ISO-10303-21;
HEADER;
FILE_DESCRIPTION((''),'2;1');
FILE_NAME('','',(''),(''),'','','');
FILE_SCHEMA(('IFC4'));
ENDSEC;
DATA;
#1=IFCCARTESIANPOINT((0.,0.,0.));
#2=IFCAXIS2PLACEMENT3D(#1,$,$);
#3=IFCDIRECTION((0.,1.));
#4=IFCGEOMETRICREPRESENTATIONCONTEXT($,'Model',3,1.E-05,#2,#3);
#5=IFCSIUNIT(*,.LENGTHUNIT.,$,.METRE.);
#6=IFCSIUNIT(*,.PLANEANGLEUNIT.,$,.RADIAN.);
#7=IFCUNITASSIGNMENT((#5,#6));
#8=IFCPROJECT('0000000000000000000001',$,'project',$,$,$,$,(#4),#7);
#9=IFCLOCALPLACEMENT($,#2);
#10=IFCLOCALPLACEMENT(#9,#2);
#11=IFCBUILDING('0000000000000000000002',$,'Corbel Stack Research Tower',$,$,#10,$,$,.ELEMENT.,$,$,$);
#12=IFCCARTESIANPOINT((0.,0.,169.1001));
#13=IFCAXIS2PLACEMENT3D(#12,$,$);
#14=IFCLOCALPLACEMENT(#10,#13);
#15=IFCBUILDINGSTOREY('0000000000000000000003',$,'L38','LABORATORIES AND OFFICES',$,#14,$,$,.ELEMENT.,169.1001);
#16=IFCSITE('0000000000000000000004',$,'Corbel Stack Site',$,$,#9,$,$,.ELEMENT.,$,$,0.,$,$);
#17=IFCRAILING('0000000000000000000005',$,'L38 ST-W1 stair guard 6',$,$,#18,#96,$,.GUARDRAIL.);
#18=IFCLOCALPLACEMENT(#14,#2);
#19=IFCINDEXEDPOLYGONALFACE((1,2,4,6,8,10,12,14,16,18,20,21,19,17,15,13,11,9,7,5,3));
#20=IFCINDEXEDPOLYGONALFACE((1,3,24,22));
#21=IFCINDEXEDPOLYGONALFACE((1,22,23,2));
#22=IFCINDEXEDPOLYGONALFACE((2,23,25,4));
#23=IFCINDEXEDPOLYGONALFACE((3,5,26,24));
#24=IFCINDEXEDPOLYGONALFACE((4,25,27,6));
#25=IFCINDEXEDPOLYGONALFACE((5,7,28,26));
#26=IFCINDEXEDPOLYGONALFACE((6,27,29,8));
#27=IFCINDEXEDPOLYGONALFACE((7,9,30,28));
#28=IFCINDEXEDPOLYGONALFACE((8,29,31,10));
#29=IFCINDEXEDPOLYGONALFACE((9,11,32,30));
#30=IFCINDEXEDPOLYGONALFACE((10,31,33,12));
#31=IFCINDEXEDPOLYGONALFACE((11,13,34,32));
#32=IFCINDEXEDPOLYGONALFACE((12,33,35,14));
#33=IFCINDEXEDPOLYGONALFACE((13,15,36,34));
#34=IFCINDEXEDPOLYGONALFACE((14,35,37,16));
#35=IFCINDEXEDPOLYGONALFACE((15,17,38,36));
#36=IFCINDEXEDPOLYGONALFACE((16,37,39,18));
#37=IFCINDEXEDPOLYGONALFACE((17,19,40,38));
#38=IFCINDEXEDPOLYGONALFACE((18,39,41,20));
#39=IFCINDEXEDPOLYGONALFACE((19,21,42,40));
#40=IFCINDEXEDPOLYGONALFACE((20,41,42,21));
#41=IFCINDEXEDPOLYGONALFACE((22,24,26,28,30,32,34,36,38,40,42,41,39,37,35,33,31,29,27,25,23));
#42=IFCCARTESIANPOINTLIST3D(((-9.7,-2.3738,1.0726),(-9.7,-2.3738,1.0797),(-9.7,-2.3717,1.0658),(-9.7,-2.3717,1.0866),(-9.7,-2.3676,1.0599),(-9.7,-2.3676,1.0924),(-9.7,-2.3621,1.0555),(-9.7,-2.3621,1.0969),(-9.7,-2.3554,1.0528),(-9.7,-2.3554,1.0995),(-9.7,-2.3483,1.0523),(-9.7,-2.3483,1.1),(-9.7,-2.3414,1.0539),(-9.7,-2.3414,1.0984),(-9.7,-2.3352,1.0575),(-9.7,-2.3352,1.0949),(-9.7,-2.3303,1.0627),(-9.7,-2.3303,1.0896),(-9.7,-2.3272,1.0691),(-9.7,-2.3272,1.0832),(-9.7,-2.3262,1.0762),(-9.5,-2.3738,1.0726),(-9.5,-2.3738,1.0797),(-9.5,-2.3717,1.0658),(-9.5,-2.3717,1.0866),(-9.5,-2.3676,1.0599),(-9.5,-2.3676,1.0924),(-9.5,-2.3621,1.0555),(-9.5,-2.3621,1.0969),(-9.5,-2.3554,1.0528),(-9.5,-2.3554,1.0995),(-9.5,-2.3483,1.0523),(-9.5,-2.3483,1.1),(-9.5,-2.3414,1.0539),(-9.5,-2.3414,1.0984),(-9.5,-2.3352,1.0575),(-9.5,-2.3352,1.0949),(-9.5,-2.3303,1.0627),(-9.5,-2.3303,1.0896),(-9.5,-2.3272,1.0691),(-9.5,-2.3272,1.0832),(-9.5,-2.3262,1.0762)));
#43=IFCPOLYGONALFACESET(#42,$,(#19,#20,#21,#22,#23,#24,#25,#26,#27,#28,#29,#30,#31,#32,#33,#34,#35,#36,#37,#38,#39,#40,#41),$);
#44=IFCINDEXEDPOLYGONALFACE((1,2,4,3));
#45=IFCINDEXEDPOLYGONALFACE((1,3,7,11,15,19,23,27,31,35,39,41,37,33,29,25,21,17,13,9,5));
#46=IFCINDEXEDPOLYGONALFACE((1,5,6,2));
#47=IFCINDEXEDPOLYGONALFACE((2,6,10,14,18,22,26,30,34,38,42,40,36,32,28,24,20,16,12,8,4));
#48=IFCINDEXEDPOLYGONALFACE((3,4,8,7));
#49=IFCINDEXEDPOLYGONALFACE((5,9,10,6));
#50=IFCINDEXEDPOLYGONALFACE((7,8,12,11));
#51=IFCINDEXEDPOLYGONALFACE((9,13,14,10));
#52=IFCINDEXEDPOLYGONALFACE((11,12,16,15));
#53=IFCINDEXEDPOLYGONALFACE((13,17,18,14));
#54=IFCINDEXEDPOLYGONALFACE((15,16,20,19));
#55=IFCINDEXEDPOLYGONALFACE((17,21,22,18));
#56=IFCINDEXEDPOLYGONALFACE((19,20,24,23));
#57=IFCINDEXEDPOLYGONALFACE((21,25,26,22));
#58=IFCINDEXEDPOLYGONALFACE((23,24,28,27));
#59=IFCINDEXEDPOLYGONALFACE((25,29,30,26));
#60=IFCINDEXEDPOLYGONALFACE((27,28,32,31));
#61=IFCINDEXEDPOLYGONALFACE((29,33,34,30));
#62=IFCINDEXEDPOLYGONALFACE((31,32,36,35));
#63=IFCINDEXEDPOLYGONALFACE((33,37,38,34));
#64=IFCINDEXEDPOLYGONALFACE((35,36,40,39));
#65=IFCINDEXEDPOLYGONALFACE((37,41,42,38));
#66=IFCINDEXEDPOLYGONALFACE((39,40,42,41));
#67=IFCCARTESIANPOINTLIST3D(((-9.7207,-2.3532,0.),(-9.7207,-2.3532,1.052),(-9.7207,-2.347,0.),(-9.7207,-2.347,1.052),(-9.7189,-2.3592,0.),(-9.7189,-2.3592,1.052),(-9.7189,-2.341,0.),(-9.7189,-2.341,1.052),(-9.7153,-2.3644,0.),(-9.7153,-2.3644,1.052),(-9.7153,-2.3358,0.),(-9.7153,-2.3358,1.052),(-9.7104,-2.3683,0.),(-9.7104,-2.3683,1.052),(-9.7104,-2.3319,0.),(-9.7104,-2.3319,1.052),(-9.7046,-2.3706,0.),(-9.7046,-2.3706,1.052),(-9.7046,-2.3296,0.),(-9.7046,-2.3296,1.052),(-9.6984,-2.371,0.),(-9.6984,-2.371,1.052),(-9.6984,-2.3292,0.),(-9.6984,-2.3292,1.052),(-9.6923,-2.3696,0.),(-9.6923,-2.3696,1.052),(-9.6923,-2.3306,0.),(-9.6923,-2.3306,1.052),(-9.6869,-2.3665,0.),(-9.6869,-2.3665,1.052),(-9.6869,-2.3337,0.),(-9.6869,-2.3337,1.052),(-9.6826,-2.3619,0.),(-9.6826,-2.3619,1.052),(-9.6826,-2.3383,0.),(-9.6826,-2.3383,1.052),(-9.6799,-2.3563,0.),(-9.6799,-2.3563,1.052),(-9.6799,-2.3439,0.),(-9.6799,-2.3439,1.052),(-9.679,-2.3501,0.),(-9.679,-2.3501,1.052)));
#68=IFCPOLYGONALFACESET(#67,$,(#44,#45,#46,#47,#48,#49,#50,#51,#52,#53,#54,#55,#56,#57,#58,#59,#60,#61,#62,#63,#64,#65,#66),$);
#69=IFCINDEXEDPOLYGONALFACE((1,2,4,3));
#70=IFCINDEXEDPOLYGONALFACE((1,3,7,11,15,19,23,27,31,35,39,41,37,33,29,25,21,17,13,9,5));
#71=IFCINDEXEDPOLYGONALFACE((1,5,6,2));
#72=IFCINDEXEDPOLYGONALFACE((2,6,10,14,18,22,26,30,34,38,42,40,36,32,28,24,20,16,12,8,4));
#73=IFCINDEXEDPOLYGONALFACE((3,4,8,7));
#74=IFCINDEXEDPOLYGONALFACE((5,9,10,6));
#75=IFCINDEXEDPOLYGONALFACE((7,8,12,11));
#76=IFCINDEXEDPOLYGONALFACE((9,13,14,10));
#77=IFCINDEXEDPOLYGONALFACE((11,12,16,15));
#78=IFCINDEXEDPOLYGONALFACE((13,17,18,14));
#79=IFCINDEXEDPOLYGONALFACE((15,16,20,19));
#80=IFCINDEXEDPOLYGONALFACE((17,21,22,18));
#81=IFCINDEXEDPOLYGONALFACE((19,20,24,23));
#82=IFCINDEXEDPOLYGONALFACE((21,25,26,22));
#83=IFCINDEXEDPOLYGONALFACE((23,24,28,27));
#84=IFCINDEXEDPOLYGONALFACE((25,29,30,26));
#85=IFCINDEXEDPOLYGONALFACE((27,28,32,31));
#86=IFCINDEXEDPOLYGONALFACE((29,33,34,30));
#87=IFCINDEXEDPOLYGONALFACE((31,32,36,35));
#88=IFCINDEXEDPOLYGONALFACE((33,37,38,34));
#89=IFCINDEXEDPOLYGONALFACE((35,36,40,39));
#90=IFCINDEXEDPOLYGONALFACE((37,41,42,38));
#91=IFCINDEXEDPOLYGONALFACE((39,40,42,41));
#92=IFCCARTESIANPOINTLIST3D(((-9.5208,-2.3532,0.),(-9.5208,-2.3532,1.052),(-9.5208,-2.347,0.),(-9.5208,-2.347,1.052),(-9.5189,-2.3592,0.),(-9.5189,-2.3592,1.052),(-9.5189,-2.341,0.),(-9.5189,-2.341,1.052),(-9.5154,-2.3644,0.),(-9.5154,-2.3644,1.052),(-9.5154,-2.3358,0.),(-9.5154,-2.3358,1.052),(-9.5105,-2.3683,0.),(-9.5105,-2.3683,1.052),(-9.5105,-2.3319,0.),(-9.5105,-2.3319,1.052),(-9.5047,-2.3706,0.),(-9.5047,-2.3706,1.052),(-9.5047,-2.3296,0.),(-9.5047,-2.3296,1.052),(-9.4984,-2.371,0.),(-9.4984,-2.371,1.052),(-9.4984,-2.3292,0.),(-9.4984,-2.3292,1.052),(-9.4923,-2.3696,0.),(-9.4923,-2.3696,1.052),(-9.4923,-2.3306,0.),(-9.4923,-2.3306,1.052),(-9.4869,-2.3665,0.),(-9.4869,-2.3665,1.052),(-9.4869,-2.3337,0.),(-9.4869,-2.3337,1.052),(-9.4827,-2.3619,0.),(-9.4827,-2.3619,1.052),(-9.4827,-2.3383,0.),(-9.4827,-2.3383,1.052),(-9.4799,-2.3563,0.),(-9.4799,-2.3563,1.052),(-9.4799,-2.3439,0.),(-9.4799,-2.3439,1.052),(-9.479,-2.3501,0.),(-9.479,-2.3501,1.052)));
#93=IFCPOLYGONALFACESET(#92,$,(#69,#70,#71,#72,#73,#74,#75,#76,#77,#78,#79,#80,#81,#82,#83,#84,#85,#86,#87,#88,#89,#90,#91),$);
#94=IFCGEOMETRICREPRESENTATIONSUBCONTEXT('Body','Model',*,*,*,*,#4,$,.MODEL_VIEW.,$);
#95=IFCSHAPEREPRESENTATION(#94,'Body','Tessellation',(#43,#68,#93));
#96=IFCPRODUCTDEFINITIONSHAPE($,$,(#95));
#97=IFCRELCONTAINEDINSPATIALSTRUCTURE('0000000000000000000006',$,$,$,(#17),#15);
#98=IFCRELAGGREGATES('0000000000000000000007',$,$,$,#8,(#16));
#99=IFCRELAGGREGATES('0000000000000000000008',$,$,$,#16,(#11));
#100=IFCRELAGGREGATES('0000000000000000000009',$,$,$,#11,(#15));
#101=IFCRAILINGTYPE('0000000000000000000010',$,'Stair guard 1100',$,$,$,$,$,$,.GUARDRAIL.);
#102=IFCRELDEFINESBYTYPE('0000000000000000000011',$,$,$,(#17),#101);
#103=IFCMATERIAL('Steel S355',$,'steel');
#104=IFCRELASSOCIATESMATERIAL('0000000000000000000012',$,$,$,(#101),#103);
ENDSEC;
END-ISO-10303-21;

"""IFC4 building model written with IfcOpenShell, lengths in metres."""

from ifc_helpers import new_model, si_unit, direction, frame, origin, origin_2d, place, context, subcontext, project, spatial, circle, extrude, material, type_object, element, save


model = new_model("IFC4")

# Units and contexts
model_context = context("Model", 3, precision=1e-05, world=origin(), true_north=direction((0.0, 1.0)))
body_context = subcontext(model_context, "Body", "Model", "MODEL_VIEW")
ifc_project = project(units=[si_unit("LENGTHUNIT", "METRE"), si_unit("PLANEANGLEUNIT", "RADIAN")], contexts=[model_context])

# Site, building, storey
site_placement = place(None, origin())
site = spatial("IfcSite", under=ifc_project, at=site_placement, Name="Corbel Stack Site", CompositionType="ELEMENT", RefElevation=0.0)
building_placement = place(site_placement, origin())
building = spatial("IfcBuilding", under=site, at=building_placement, Name="Corbel Stack Research Tower", CompositionType="ELEMENT")
storey_placement = place(building_placement, frame((0.0, 0.0, 169.1001)))
storey = spatial("IfcBuildingStorey", under=building, at=storey_placement, Name="L38", Description="LABORATORIES AND OFFICES", CompositionType="ELEMENT", Elevation=169.1001)

# Railing
ifc_material_1 = material(Name="Steel S355", Category="steel")
railing_type_1 = type_object("IfcRailingType", Name="Stair guard 1100", PredefinedType="GUARDRAIL", material=ifc_material_1)
for number, where, name in (
    (1, (-9.7, -2.3501, 0.0), "L38 ST-W1 stair guard 6"),
):
    element("IfcRailing", number, at=place(storey_placement, frame(where)), inside=storey, type_object=railing_type_1, Name=name, PredefinedType="GUARDRAIL", context=body_context, shape_type="SweptSolid", body=[
        extrude(circle(Radius=0.0239, at=origin_2d()), frame((0.0, 0.0, 1.0762), z_axis=(1.0, 0.0, 0.0), x_axis=(0.0, 1.0, 0.0)), (0.0, 0.0, 1.0), 0.2),
        extrude(circle(Radius=0.021, at=origin_2d()), origin(), (0.0, 0.0, 1.0), 1.052),
        extrude(circle(Radius=0.021, at=origin_2d()), frame((0.2, 0.0, 0.0)), (0.0, 0.0, 1.0), 1.052),
    ])

save(model, "model.ifc")
